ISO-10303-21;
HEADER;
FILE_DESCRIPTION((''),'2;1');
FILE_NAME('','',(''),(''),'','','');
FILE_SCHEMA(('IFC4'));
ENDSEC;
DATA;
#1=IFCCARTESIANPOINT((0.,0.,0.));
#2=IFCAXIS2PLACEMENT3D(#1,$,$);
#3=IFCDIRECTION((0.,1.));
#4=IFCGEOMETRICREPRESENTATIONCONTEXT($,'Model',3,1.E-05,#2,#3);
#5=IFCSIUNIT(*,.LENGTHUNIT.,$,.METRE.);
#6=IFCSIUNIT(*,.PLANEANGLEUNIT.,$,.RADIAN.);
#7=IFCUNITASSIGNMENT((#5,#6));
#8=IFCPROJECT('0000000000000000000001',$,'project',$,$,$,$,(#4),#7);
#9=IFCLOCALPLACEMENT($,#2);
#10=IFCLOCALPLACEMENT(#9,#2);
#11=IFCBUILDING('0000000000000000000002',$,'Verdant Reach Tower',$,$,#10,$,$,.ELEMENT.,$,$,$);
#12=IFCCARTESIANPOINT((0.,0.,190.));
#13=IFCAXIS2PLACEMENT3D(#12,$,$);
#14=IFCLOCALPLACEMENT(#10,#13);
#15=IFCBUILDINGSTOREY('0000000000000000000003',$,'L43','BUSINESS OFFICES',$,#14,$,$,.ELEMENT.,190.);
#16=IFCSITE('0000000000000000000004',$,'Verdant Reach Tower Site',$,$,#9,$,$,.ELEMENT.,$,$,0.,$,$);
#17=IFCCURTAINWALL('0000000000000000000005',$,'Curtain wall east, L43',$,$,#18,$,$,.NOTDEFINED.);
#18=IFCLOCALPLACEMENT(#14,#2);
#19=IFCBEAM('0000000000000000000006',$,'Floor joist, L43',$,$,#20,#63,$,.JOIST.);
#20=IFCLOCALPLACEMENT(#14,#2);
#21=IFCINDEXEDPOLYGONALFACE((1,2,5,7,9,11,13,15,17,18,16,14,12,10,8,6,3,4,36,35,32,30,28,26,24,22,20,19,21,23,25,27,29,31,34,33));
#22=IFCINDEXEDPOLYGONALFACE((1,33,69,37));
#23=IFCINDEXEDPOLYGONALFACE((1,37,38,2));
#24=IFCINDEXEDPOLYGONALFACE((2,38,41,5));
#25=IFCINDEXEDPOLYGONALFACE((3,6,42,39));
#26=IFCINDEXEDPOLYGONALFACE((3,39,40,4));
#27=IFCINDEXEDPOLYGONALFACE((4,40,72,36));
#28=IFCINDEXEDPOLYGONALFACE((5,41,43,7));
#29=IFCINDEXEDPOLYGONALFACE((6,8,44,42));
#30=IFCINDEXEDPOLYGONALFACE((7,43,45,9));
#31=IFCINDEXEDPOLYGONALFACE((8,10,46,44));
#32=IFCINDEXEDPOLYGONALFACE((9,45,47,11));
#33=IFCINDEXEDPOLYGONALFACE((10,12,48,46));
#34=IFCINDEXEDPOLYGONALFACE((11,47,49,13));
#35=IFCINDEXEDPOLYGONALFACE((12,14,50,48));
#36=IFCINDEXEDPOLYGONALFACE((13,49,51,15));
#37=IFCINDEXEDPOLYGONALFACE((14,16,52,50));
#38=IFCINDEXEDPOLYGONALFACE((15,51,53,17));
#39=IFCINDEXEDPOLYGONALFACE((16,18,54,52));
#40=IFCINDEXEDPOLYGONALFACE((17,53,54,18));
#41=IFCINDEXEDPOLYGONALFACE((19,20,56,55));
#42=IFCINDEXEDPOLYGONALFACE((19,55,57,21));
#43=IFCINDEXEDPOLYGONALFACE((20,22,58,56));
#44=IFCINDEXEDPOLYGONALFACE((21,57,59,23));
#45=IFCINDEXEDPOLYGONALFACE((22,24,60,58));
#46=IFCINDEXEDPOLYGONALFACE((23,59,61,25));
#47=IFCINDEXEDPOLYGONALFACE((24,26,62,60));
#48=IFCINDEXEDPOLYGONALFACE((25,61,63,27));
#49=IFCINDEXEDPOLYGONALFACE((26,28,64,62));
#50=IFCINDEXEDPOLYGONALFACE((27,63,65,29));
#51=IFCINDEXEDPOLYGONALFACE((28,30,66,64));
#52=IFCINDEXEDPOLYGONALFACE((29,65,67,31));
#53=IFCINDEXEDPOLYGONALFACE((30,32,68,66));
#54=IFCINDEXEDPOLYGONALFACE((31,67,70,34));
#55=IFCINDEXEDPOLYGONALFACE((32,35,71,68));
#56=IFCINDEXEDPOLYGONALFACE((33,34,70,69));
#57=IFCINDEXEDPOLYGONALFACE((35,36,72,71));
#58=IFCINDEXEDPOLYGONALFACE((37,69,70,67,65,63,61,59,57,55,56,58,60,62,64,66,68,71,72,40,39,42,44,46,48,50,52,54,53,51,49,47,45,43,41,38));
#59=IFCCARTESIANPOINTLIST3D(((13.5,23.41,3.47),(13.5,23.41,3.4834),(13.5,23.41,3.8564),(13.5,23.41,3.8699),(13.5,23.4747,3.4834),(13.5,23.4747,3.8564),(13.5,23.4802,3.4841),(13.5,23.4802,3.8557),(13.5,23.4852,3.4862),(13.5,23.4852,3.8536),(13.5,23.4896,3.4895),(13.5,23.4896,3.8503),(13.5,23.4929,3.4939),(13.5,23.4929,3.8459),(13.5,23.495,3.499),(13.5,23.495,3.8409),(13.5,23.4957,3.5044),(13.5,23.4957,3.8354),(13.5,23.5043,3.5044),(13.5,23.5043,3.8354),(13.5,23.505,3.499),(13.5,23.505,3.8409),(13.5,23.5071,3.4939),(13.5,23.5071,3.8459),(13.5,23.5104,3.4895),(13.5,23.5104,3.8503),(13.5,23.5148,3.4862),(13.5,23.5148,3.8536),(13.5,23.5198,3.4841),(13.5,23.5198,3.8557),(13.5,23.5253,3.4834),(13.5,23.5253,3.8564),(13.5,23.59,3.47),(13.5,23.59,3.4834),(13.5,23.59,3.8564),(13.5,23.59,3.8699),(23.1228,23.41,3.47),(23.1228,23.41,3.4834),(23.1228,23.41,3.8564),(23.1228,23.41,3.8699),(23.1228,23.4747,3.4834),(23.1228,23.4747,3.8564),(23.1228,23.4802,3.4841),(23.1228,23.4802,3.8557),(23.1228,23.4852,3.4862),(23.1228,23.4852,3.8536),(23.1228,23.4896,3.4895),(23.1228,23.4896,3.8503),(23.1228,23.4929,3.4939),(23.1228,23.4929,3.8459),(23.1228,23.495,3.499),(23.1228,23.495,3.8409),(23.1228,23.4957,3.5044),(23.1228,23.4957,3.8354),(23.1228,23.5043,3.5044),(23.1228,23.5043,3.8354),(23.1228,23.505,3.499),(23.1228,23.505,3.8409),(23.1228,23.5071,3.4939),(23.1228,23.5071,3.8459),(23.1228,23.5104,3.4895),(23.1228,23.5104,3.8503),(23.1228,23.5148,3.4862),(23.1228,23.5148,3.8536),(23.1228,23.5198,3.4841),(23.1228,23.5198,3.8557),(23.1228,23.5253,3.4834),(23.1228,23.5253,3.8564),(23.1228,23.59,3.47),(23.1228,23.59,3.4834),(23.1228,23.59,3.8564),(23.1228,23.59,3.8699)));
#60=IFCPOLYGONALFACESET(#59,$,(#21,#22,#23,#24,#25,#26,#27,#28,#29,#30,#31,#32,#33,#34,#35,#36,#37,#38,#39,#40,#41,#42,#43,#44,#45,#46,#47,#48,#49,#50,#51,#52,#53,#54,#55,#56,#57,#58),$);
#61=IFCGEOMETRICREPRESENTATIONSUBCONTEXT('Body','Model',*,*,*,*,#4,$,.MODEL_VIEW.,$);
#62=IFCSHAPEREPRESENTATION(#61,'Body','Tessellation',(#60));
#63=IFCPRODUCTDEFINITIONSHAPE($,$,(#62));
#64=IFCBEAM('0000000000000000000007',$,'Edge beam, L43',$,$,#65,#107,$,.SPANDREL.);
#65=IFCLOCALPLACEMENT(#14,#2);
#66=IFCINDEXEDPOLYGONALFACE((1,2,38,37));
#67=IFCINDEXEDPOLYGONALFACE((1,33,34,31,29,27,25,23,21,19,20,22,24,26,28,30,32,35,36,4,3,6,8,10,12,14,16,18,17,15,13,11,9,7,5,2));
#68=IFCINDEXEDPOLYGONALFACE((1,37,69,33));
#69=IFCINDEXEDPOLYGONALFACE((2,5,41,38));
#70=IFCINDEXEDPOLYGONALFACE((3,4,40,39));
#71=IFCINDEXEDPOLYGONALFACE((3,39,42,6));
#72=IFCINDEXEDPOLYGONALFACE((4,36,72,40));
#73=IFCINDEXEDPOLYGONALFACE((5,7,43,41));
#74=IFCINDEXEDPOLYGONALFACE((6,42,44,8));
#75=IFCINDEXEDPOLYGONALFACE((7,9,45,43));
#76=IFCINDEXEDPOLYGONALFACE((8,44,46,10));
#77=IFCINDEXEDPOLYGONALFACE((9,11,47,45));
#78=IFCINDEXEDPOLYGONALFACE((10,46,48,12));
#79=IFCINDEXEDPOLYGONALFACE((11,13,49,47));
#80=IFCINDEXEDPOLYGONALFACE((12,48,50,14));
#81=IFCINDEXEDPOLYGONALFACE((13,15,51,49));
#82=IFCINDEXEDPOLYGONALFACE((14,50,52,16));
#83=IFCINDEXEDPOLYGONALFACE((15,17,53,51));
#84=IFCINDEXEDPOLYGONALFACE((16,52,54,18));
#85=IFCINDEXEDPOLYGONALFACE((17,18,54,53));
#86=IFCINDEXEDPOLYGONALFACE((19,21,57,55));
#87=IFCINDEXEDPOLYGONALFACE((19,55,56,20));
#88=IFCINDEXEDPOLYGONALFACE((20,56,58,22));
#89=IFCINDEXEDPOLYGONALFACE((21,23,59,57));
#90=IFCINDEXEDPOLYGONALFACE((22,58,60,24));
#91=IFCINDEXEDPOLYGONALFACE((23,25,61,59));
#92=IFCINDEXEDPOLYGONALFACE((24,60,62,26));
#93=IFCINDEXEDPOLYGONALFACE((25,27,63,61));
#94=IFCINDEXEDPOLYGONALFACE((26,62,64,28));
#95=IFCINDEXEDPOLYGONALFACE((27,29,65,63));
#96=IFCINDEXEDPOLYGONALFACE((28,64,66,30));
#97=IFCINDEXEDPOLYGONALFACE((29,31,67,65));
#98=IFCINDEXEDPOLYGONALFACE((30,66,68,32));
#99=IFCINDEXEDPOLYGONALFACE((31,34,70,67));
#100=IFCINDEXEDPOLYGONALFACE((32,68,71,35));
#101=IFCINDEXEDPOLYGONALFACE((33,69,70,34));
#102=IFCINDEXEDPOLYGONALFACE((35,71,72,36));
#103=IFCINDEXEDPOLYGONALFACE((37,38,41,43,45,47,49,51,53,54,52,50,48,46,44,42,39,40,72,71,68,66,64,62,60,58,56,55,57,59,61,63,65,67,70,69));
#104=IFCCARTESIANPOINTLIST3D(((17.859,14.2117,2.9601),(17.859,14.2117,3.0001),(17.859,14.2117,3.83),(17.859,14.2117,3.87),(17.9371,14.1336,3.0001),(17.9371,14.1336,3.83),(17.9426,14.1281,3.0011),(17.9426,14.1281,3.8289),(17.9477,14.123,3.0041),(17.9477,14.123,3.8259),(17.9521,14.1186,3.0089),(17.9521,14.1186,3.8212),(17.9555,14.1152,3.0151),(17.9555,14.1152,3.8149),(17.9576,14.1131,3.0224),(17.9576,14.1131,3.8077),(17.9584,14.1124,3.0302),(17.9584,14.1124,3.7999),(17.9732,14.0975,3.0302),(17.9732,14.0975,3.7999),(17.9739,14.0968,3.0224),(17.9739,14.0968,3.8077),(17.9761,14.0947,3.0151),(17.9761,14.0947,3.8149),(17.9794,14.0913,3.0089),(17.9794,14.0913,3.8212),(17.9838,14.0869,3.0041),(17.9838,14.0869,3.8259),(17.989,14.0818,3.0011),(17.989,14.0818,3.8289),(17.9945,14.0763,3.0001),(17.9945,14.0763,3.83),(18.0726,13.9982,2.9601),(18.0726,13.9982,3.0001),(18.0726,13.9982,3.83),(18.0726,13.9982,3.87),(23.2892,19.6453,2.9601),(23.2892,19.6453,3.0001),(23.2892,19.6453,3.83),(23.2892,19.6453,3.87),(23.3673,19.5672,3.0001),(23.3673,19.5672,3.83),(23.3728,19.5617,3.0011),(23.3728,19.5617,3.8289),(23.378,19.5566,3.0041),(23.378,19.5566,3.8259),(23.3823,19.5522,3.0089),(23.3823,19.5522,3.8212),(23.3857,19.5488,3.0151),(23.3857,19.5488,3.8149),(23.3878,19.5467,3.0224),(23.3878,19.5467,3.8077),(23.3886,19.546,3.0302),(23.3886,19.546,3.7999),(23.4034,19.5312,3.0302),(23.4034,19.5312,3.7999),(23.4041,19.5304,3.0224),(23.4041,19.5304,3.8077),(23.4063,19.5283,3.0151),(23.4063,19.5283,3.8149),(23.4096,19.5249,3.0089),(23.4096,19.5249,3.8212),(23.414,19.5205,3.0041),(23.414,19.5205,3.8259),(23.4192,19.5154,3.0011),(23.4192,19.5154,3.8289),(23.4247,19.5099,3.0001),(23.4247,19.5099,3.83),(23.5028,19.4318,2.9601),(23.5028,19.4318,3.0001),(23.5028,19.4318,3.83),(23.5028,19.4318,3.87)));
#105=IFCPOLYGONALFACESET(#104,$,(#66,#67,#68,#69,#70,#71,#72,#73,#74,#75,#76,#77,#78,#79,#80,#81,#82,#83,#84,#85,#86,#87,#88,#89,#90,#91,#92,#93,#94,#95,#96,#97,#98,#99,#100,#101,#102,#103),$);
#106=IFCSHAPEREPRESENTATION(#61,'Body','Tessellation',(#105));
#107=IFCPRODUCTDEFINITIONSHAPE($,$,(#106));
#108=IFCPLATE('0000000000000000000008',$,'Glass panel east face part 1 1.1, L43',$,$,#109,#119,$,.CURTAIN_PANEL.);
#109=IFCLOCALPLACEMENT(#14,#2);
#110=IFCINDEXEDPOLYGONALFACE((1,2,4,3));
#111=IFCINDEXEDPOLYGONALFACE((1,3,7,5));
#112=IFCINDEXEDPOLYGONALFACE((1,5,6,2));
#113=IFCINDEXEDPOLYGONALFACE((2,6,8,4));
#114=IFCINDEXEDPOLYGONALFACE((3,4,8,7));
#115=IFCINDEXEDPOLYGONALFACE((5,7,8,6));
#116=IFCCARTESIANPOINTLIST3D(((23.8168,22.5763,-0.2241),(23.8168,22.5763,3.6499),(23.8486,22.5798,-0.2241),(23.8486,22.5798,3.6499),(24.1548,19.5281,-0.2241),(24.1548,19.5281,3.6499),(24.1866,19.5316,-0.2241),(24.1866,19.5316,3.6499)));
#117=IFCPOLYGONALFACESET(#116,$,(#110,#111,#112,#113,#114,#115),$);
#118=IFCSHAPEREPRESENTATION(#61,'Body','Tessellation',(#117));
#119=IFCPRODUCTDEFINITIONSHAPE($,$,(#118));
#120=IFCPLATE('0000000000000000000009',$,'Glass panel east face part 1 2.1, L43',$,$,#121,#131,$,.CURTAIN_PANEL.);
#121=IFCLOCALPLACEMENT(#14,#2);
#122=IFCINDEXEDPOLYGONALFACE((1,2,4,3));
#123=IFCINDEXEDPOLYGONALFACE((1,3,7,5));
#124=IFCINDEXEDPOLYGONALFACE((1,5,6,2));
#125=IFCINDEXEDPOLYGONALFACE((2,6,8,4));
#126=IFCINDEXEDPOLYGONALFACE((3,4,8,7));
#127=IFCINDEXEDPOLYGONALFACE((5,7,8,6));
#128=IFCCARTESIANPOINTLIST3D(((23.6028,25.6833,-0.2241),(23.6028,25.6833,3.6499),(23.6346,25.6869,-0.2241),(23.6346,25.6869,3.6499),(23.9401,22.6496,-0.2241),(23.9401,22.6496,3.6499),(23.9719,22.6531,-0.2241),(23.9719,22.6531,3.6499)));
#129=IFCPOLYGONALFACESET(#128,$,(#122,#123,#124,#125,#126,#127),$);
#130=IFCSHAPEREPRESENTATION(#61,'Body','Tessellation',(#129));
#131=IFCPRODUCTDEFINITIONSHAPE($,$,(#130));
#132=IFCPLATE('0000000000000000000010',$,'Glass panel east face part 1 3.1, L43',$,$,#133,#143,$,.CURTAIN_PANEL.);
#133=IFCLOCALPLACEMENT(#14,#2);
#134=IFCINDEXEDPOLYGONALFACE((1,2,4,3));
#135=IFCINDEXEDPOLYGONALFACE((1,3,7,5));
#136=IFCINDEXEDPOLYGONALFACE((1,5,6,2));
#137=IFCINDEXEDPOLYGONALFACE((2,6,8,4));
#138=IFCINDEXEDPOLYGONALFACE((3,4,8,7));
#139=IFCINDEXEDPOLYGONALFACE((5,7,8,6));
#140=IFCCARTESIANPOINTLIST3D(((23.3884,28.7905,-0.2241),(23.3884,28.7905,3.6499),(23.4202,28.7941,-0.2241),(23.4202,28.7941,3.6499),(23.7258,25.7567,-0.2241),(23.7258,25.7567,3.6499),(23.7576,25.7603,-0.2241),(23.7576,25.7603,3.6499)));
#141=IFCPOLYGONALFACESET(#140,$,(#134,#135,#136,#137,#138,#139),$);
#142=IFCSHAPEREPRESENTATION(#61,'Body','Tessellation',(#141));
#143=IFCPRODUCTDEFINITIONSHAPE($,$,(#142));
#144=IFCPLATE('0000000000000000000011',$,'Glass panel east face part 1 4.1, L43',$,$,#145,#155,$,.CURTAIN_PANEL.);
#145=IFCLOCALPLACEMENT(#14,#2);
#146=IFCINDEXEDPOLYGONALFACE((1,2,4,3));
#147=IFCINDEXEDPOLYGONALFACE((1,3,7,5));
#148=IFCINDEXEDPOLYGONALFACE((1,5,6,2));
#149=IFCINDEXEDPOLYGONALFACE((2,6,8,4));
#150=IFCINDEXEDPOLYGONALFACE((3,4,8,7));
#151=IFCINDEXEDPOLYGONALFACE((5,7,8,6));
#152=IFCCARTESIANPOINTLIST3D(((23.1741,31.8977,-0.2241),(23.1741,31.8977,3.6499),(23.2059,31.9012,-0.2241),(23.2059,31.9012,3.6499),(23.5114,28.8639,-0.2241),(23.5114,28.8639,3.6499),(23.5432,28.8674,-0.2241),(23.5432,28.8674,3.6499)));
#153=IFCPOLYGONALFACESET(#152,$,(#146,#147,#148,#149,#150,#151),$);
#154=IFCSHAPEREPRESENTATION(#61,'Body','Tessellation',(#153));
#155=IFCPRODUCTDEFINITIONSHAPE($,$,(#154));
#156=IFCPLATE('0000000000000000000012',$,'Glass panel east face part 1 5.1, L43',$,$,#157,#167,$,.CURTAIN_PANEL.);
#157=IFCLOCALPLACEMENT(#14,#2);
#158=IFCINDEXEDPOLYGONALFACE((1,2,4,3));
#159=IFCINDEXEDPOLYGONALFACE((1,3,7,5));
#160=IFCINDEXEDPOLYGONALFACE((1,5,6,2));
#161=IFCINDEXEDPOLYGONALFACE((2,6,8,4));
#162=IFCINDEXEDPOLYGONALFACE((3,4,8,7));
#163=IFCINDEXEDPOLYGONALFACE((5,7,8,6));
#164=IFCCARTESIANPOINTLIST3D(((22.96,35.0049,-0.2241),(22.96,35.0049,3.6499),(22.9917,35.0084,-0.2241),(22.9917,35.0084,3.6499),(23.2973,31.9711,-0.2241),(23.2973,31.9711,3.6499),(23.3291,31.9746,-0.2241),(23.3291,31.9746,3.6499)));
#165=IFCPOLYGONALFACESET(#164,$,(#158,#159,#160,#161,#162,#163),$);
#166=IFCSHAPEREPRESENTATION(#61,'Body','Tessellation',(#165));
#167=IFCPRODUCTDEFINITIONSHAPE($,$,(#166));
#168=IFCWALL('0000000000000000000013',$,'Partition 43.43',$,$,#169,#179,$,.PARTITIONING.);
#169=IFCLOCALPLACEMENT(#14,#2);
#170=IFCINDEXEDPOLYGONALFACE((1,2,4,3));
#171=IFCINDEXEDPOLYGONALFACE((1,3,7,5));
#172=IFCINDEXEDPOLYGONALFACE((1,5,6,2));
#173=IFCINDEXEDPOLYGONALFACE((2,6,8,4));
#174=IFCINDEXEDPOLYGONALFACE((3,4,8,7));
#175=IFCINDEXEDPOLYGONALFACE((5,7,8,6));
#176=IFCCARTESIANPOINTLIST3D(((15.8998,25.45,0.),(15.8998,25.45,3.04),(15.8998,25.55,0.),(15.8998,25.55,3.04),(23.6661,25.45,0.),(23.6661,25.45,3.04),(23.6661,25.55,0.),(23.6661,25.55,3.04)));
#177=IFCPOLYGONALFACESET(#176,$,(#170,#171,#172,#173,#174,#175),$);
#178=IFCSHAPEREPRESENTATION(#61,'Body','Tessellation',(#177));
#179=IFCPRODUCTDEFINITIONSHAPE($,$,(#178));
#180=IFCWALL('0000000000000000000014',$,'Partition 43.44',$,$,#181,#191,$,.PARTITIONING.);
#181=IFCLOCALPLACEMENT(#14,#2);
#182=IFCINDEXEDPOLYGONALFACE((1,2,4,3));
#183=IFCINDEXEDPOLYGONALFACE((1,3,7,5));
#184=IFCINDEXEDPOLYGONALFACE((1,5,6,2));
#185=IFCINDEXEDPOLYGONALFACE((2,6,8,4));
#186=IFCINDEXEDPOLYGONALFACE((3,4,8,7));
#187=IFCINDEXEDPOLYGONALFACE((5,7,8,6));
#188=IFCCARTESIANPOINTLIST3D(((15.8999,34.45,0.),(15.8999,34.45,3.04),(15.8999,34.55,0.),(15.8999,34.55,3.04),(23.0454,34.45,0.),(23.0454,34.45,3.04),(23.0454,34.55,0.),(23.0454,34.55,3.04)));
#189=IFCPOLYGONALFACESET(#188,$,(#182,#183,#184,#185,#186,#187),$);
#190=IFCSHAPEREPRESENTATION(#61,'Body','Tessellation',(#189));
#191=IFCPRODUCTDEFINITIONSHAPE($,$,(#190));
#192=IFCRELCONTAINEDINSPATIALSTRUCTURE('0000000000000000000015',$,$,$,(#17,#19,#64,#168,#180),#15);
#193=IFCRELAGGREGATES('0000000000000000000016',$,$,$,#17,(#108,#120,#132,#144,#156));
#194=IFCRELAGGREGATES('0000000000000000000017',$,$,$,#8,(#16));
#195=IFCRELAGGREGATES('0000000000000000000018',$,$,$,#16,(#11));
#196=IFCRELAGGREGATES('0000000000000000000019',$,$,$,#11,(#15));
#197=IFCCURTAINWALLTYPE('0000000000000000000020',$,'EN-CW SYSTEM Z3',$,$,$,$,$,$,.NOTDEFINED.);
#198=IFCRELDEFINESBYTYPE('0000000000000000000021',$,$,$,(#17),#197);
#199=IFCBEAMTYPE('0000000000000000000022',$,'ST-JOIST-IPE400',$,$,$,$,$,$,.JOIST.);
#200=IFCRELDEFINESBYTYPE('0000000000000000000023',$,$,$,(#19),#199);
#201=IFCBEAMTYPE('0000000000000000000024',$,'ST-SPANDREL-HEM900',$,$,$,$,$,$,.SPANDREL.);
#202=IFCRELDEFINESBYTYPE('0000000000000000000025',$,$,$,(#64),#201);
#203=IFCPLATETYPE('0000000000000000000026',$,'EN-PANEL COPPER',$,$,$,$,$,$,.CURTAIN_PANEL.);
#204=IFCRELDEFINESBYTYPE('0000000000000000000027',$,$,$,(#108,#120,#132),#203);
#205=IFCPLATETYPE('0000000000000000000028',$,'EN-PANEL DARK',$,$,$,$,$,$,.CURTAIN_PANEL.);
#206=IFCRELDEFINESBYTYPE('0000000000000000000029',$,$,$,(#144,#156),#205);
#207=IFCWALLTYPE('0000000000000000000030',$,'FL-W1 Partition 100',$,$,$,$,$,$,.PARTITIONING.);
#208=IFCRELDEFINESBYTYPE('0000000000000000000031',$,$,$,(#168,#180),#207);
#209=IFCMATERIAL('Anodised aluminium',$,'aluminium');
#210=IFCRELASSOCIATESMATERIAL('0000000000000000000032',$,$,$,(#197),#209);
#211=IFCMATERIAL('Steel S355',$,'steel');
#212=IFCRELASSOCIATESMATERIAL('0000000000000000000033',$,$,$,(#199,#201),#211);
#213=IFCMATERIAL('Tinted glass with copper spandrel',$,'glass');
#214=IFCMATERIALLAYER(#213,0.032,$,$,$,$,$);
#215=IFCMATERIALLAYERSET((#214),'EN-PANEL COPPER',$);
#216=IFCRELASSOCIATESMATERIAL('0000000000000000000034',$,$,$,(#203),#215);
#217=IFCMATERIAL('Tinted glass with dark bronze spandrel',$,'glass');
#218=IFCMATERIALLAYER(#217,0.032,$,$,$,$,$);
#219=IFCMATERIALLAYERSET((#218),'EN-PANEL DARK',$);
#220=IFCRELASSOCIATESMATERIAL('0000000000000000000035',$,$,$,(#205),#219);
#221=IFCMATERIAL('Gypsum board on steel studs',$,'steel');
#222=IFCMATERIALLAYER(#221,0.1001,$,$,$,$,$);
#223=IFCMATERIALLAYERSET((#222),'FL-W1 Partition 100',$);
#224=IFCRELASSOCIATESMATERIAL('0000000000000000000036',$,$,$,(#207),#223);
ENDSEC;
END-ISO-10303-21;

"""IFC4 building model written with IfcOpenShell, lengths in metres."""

from ifc_helpers import new_model, si_unit, direction, frame, frame_2d, origin, origin_2d, place, context, subcontext, project, spatial, rectangle, i_section, extrude, material, layer, layer_set, material_profile, profile_set, type_object, element, aggregate, save


model = new_model("IFC4")

# Units and contexts
model_context = context("Model", 3, precision=1e-05, world=origin(), true_north=direction((0.0, 1.0)))
body_context = subcontext(model_context, "Body", "Model", "MODEL_VIEW")
ifc_project = project(units=[si_unit("LENGTHUNIT", "METRE"), si_unit("PLANEANGLEUNIT", "RADIAN")], contexts=[model_context])

# Site, building, storey
site_placement = place(None, origin())
site = spatial("IfcSite", under=ifc_project, at=site_placement, Name="Verdant Reach Tower Site", CompositionType="ELEMENT", RefElevation=0.0)
building_placement = place(site_placement, origin())
building = spatial("IfcBuilding", under=site, at=building_placement, Name="Verdant Reach Tower", CompositionType="ELEMENT")
storey_placement = place(building_placement, frame((0.0, 0.0, 190.0)))
storey = spatial("IfcBuildingStorey", under=building, at=storey_placement, Name="L43", Description="BUSINESS OFFICES", CompositionType="ELEMENT", Elevation=190.0)

# Curtain wall
ifc_material_1 = material(Name="Anodised aluminium", Category="aluminium")
curtain_wall_type = type_object("IfcCurtainWallType", Name="EN-CW SYSTEM Z3", PredefinedType="NOTDEFINED", material=ifc_material_1)
curtain_wall_placement = place(storey_placement, origin())
curtain_wall = element("IfcCurtainWall", 1, at=curtain_wall_placement, inside=storey, type_object=curtain_wall_type, Name="Curtain wall east, L43", PredefinedType="NOTDEFINED")

# Beams
ifc_material_2 = material(Name="Steel S355", Category="steel")
ifc_material_profile_1 = material_profile(ifc_material_2, i_section(OverallWidth=0.1799, OverallDepth=0.3999, WebThickness=0.0085, FlangeThickness=0.0134, FilletRadius=0.021, at=origin_2d()), Name="IPE 400")
ifc_profile_set_1 = profile_set([ifc_material_profile_1], Name="Steel S355")
beam_type_1 = type_object("IfcBeamType", Name="ST-JOIST-IPE400", PredefinedType="JOIST", material=ifc_profile_set_1)
beam_1_placement = place(storey_placement, frame((13.5, 23.5, 3.6699), z_axis=(1.0, 0.0, 0.0), x_axis=(0.0, 1.0, 0.0)))
element("IfcBeam", 2, at=beam_1_placement, inside=storey, type_object=beam_type_1, Name="Floor joist, L43", PredefinedType="JOIST", context=body_context, shape_type="SweptSolid", body=[
    extrude(i_section(OverallWidth=0.1799, OverallDepth=0.3999, WebThickness=0.0085, FlangeThickness=0.0134, FilletRadius=0.021, at=origin_2d()), origin(), (0.0, 0.0, 1.0), 9.6228),
])
ifc_material_profile_2 = material_profile(ifc_material_2, i_section(OverallWidth=0.302, OverallDepth=0.9099, WebThickness=0.021, FlangeThickness=0.04, FilletRadius=0.03, at=origin_2d()), Name="HEM 900")
ifc_profile_set_2 = profile_set([ifc_material_profile_2], Name="Steel S355")
beam_type_2 = type_object("IfcBeamType", Name="ST-SPANDREL-HEM900", PredefinedType="SPANDREL", material=ifc_profile_set_2)
beam_2_placement = place(storey_placement, frame((23.396, 19.5386, 3.415), z_axis=(-0.706884, -0.707329, 0.0), x_axis=(0.707329, -0.706884, 0.0)))
element("IfcBeam", 3, at=beam_2_placement, inside=storey, type_object=beam_type_2, Name="Edge beam, L43", PredefinedType="SPANDREL", context=body_context, shape_type="SweptSolid", body=[
    extrude(i_section(OverallWidth=0.302, OverallDepth=0.9099, WebThickness=0.021, FlangeThickness=0.04, FilletRadius=0.03, at=origin_2d()), origin(), (0.0, 0.0, 1.0), 7.6819),
])

# Plates
ifc_material_3 = material(Name="Tinted glass with copper spandrel", Category="glass")
ifc_layer_1 = layer(ifc_material_3, 0.032)
ifc_layer_set_1 = layer_set([ifc_layer_1], Name="EN-PANEL COPPER")
plate_type_1 = type_object("IfcPlateType", Name="EN-PANEL COPPER", PredefinedType="CURTAIN_PANEL", material=ifc_layer_set_1)
plate_1_placement = place(storey_placement, frame((24.0017, 21.054, -0.2241), z_axis=(0.0, 0.0, 1.0), x_axis=(-0.110214, 0.993908, 0.0)))
plate_1 = element("IfcPlate", 4, at=plate_1_placement, type_object=plate_type_1, Name="Glass panel east face part 1 1.1, L43", PredefinedType="CURTAIN_PANEL", context=body_context, shape_type="SweptSolid", body=[
    extrude(rectangle(XDim=3.0669, YDim=0.032, at=origin_2d()), origin(), (0.0, 0.0, 1.0), 3.874),
])
plate_2_placement = place(storey_placement, frame((23.7874, 24.1682, -0.2241), z_axis=(0.0, 0.0, 1.0), x_axis=(-0.110518, 0.993874, 0.0)))
plate_2 = element("IfcPlate", 5, at=plate_2_placement, type_object=plate_type_1, Name="Glass panel east face part 1 2.1, L43", PredefinedType="CURTAIN_PANEL", context=body_context, shape_type="SweptSolid", body=[
    extrude(rectangle(XDim=3.0525, YDim=0.032, at=origin_2d()), origin(), (0.0, 0.0, 1.0), 3.874),
])
plate_3_placement = place(storey_placement, frame((23.573, 27.2754, -0.2241), z_axis=(0.0, 0.0, 1.0), x_axis=(-0.110518, 0.993874, 0.0)))
plate_3 = element("IfcPlate", 6, at=plate_3_placement, type_object=plate_type_1, Name="Glass panel east face part 1 3.1, L43", PredefinedType="CURTAIN_PANEL", context=body_context, shape_type="SweptSolid", body=[
    extrude(rectangle(XDim=3.0525, YDim=0.032, at=origin_2d()), origin(), (0.0, 0.0, 1.0), 3.874),
])
ifc_material_4 = material(Name="Tinted glass with dark bronze spandrel", Category="glass")
ifc_layer_2 = layer(ifc_material_4, 0.032)
ifc_layer_set_2 = layer_set([ifc_layer_2], Name="EN-PANEL DARK")
plate_type_2 = type_object("IfcPlateType", Name="EN-PANEL DARK", PredefinedType="CURTAIN_PANEL", material=ifc_layer_set_2)
plate_4_placement = place(storey_placement, frame((23.3586, 30.3826, -0.2241), z_axis=(0.0, 0.0, 1.0), x_axis=(-0.110518, 0.993874, 0.0)))
plate_4 = element("IfcPlate", 7, at=plate_4_placement, type_object=plate_type_2, Name="Glass panel east face part 1 4.1, L43", PredefinedType="CURTAIN_PANEL", context=body_context, shape_type="SweptSolid", body=[
    extrude(rectangle(XDim=3.0525, YDim=0.032, at=origin_2d()), origin(), (0.0, 0.0, 1.0), 3.874),
])
plate_5_placement = place(storey_placement, frame((23.1445, 33.4897, -0.2241), z_axis=(0.0, 0.0, 1.0), x_axis=(-0.110518, 0.993874, 0.0)))
plate_5 = element("IfcPlate", 8, at=plate_5_placement, type_object=plate_type_2, Name="Glass panel east face part 1 5.1, L43", PredefinedType="CURTAIN_PANEL", context=body_context, shape_type="SweptSolid", body=[
    extrude(rectangle(XDim=3.0525, YDim=0.032, at=origin_2d()), origin(), (0.0, 0.0, 1.0), 3.874),
])
aggregate(curtain_wall, [plate_1, plate_2, plate_3, plate_4, plate_5])

# Walls
ifc_material_5 = material(Name="Gypsum board on steel studs", Category="steel")
ifc_layer_3 = layer(ifc_material_5, 0.1001)
ifc_layer_set_3 = layer_set([ifc_layer_3], Name="FL-W1 Partition 100")
wall_type_1 = type_object("IfcWallType", Name="FL-W1 Partition 100", PredefinedType="PARTITIONING", material=ifc_layer_set_3)
wall_1_placement = place(storey_placement, frame((23.6663, 25.5, 0.0), z_axis=(0.0, 0.0, 1.0), x_axis=(-1.0, 0.0, 0.0)))
element("IfcWall", 9, at=wall_1_placement, inside=storey, type_object=wall_type_1, Name="Partition 43.43", PredefinedType="PARTITIONING", context=body_context, shape_type="SweptSolid", body=[
    extrude(rectangle(XDim=7.7664, YDim=0.1001, at=frame_2d((3.8833, 0.0))), origin(), (0.0, 0.0, 1.0), 3.04),
])
wall_2_placement = place(storey_placement, frame((23.0454, 34.5, 0.0), z_axis=(0.0, 0.0, 1.0), x_axis=(-1.0, 0.0, 0.0)))
element("IfcWall", 10, at=wall_2_placement, inside=storey, type_object=wall_type_1, Name="Partition 43.44", PredefinedType="PARTITIONING", context=body_context, shape_type="SweptSolid", body=[
    extrude(rectangle(XDim=7.1455, YDim=0.1001, at=frame_2d((3.5728, 0.0))), origin(), (0.0, 0.0, 1.0), 3.04),
])

save(model, "model.ifc")
